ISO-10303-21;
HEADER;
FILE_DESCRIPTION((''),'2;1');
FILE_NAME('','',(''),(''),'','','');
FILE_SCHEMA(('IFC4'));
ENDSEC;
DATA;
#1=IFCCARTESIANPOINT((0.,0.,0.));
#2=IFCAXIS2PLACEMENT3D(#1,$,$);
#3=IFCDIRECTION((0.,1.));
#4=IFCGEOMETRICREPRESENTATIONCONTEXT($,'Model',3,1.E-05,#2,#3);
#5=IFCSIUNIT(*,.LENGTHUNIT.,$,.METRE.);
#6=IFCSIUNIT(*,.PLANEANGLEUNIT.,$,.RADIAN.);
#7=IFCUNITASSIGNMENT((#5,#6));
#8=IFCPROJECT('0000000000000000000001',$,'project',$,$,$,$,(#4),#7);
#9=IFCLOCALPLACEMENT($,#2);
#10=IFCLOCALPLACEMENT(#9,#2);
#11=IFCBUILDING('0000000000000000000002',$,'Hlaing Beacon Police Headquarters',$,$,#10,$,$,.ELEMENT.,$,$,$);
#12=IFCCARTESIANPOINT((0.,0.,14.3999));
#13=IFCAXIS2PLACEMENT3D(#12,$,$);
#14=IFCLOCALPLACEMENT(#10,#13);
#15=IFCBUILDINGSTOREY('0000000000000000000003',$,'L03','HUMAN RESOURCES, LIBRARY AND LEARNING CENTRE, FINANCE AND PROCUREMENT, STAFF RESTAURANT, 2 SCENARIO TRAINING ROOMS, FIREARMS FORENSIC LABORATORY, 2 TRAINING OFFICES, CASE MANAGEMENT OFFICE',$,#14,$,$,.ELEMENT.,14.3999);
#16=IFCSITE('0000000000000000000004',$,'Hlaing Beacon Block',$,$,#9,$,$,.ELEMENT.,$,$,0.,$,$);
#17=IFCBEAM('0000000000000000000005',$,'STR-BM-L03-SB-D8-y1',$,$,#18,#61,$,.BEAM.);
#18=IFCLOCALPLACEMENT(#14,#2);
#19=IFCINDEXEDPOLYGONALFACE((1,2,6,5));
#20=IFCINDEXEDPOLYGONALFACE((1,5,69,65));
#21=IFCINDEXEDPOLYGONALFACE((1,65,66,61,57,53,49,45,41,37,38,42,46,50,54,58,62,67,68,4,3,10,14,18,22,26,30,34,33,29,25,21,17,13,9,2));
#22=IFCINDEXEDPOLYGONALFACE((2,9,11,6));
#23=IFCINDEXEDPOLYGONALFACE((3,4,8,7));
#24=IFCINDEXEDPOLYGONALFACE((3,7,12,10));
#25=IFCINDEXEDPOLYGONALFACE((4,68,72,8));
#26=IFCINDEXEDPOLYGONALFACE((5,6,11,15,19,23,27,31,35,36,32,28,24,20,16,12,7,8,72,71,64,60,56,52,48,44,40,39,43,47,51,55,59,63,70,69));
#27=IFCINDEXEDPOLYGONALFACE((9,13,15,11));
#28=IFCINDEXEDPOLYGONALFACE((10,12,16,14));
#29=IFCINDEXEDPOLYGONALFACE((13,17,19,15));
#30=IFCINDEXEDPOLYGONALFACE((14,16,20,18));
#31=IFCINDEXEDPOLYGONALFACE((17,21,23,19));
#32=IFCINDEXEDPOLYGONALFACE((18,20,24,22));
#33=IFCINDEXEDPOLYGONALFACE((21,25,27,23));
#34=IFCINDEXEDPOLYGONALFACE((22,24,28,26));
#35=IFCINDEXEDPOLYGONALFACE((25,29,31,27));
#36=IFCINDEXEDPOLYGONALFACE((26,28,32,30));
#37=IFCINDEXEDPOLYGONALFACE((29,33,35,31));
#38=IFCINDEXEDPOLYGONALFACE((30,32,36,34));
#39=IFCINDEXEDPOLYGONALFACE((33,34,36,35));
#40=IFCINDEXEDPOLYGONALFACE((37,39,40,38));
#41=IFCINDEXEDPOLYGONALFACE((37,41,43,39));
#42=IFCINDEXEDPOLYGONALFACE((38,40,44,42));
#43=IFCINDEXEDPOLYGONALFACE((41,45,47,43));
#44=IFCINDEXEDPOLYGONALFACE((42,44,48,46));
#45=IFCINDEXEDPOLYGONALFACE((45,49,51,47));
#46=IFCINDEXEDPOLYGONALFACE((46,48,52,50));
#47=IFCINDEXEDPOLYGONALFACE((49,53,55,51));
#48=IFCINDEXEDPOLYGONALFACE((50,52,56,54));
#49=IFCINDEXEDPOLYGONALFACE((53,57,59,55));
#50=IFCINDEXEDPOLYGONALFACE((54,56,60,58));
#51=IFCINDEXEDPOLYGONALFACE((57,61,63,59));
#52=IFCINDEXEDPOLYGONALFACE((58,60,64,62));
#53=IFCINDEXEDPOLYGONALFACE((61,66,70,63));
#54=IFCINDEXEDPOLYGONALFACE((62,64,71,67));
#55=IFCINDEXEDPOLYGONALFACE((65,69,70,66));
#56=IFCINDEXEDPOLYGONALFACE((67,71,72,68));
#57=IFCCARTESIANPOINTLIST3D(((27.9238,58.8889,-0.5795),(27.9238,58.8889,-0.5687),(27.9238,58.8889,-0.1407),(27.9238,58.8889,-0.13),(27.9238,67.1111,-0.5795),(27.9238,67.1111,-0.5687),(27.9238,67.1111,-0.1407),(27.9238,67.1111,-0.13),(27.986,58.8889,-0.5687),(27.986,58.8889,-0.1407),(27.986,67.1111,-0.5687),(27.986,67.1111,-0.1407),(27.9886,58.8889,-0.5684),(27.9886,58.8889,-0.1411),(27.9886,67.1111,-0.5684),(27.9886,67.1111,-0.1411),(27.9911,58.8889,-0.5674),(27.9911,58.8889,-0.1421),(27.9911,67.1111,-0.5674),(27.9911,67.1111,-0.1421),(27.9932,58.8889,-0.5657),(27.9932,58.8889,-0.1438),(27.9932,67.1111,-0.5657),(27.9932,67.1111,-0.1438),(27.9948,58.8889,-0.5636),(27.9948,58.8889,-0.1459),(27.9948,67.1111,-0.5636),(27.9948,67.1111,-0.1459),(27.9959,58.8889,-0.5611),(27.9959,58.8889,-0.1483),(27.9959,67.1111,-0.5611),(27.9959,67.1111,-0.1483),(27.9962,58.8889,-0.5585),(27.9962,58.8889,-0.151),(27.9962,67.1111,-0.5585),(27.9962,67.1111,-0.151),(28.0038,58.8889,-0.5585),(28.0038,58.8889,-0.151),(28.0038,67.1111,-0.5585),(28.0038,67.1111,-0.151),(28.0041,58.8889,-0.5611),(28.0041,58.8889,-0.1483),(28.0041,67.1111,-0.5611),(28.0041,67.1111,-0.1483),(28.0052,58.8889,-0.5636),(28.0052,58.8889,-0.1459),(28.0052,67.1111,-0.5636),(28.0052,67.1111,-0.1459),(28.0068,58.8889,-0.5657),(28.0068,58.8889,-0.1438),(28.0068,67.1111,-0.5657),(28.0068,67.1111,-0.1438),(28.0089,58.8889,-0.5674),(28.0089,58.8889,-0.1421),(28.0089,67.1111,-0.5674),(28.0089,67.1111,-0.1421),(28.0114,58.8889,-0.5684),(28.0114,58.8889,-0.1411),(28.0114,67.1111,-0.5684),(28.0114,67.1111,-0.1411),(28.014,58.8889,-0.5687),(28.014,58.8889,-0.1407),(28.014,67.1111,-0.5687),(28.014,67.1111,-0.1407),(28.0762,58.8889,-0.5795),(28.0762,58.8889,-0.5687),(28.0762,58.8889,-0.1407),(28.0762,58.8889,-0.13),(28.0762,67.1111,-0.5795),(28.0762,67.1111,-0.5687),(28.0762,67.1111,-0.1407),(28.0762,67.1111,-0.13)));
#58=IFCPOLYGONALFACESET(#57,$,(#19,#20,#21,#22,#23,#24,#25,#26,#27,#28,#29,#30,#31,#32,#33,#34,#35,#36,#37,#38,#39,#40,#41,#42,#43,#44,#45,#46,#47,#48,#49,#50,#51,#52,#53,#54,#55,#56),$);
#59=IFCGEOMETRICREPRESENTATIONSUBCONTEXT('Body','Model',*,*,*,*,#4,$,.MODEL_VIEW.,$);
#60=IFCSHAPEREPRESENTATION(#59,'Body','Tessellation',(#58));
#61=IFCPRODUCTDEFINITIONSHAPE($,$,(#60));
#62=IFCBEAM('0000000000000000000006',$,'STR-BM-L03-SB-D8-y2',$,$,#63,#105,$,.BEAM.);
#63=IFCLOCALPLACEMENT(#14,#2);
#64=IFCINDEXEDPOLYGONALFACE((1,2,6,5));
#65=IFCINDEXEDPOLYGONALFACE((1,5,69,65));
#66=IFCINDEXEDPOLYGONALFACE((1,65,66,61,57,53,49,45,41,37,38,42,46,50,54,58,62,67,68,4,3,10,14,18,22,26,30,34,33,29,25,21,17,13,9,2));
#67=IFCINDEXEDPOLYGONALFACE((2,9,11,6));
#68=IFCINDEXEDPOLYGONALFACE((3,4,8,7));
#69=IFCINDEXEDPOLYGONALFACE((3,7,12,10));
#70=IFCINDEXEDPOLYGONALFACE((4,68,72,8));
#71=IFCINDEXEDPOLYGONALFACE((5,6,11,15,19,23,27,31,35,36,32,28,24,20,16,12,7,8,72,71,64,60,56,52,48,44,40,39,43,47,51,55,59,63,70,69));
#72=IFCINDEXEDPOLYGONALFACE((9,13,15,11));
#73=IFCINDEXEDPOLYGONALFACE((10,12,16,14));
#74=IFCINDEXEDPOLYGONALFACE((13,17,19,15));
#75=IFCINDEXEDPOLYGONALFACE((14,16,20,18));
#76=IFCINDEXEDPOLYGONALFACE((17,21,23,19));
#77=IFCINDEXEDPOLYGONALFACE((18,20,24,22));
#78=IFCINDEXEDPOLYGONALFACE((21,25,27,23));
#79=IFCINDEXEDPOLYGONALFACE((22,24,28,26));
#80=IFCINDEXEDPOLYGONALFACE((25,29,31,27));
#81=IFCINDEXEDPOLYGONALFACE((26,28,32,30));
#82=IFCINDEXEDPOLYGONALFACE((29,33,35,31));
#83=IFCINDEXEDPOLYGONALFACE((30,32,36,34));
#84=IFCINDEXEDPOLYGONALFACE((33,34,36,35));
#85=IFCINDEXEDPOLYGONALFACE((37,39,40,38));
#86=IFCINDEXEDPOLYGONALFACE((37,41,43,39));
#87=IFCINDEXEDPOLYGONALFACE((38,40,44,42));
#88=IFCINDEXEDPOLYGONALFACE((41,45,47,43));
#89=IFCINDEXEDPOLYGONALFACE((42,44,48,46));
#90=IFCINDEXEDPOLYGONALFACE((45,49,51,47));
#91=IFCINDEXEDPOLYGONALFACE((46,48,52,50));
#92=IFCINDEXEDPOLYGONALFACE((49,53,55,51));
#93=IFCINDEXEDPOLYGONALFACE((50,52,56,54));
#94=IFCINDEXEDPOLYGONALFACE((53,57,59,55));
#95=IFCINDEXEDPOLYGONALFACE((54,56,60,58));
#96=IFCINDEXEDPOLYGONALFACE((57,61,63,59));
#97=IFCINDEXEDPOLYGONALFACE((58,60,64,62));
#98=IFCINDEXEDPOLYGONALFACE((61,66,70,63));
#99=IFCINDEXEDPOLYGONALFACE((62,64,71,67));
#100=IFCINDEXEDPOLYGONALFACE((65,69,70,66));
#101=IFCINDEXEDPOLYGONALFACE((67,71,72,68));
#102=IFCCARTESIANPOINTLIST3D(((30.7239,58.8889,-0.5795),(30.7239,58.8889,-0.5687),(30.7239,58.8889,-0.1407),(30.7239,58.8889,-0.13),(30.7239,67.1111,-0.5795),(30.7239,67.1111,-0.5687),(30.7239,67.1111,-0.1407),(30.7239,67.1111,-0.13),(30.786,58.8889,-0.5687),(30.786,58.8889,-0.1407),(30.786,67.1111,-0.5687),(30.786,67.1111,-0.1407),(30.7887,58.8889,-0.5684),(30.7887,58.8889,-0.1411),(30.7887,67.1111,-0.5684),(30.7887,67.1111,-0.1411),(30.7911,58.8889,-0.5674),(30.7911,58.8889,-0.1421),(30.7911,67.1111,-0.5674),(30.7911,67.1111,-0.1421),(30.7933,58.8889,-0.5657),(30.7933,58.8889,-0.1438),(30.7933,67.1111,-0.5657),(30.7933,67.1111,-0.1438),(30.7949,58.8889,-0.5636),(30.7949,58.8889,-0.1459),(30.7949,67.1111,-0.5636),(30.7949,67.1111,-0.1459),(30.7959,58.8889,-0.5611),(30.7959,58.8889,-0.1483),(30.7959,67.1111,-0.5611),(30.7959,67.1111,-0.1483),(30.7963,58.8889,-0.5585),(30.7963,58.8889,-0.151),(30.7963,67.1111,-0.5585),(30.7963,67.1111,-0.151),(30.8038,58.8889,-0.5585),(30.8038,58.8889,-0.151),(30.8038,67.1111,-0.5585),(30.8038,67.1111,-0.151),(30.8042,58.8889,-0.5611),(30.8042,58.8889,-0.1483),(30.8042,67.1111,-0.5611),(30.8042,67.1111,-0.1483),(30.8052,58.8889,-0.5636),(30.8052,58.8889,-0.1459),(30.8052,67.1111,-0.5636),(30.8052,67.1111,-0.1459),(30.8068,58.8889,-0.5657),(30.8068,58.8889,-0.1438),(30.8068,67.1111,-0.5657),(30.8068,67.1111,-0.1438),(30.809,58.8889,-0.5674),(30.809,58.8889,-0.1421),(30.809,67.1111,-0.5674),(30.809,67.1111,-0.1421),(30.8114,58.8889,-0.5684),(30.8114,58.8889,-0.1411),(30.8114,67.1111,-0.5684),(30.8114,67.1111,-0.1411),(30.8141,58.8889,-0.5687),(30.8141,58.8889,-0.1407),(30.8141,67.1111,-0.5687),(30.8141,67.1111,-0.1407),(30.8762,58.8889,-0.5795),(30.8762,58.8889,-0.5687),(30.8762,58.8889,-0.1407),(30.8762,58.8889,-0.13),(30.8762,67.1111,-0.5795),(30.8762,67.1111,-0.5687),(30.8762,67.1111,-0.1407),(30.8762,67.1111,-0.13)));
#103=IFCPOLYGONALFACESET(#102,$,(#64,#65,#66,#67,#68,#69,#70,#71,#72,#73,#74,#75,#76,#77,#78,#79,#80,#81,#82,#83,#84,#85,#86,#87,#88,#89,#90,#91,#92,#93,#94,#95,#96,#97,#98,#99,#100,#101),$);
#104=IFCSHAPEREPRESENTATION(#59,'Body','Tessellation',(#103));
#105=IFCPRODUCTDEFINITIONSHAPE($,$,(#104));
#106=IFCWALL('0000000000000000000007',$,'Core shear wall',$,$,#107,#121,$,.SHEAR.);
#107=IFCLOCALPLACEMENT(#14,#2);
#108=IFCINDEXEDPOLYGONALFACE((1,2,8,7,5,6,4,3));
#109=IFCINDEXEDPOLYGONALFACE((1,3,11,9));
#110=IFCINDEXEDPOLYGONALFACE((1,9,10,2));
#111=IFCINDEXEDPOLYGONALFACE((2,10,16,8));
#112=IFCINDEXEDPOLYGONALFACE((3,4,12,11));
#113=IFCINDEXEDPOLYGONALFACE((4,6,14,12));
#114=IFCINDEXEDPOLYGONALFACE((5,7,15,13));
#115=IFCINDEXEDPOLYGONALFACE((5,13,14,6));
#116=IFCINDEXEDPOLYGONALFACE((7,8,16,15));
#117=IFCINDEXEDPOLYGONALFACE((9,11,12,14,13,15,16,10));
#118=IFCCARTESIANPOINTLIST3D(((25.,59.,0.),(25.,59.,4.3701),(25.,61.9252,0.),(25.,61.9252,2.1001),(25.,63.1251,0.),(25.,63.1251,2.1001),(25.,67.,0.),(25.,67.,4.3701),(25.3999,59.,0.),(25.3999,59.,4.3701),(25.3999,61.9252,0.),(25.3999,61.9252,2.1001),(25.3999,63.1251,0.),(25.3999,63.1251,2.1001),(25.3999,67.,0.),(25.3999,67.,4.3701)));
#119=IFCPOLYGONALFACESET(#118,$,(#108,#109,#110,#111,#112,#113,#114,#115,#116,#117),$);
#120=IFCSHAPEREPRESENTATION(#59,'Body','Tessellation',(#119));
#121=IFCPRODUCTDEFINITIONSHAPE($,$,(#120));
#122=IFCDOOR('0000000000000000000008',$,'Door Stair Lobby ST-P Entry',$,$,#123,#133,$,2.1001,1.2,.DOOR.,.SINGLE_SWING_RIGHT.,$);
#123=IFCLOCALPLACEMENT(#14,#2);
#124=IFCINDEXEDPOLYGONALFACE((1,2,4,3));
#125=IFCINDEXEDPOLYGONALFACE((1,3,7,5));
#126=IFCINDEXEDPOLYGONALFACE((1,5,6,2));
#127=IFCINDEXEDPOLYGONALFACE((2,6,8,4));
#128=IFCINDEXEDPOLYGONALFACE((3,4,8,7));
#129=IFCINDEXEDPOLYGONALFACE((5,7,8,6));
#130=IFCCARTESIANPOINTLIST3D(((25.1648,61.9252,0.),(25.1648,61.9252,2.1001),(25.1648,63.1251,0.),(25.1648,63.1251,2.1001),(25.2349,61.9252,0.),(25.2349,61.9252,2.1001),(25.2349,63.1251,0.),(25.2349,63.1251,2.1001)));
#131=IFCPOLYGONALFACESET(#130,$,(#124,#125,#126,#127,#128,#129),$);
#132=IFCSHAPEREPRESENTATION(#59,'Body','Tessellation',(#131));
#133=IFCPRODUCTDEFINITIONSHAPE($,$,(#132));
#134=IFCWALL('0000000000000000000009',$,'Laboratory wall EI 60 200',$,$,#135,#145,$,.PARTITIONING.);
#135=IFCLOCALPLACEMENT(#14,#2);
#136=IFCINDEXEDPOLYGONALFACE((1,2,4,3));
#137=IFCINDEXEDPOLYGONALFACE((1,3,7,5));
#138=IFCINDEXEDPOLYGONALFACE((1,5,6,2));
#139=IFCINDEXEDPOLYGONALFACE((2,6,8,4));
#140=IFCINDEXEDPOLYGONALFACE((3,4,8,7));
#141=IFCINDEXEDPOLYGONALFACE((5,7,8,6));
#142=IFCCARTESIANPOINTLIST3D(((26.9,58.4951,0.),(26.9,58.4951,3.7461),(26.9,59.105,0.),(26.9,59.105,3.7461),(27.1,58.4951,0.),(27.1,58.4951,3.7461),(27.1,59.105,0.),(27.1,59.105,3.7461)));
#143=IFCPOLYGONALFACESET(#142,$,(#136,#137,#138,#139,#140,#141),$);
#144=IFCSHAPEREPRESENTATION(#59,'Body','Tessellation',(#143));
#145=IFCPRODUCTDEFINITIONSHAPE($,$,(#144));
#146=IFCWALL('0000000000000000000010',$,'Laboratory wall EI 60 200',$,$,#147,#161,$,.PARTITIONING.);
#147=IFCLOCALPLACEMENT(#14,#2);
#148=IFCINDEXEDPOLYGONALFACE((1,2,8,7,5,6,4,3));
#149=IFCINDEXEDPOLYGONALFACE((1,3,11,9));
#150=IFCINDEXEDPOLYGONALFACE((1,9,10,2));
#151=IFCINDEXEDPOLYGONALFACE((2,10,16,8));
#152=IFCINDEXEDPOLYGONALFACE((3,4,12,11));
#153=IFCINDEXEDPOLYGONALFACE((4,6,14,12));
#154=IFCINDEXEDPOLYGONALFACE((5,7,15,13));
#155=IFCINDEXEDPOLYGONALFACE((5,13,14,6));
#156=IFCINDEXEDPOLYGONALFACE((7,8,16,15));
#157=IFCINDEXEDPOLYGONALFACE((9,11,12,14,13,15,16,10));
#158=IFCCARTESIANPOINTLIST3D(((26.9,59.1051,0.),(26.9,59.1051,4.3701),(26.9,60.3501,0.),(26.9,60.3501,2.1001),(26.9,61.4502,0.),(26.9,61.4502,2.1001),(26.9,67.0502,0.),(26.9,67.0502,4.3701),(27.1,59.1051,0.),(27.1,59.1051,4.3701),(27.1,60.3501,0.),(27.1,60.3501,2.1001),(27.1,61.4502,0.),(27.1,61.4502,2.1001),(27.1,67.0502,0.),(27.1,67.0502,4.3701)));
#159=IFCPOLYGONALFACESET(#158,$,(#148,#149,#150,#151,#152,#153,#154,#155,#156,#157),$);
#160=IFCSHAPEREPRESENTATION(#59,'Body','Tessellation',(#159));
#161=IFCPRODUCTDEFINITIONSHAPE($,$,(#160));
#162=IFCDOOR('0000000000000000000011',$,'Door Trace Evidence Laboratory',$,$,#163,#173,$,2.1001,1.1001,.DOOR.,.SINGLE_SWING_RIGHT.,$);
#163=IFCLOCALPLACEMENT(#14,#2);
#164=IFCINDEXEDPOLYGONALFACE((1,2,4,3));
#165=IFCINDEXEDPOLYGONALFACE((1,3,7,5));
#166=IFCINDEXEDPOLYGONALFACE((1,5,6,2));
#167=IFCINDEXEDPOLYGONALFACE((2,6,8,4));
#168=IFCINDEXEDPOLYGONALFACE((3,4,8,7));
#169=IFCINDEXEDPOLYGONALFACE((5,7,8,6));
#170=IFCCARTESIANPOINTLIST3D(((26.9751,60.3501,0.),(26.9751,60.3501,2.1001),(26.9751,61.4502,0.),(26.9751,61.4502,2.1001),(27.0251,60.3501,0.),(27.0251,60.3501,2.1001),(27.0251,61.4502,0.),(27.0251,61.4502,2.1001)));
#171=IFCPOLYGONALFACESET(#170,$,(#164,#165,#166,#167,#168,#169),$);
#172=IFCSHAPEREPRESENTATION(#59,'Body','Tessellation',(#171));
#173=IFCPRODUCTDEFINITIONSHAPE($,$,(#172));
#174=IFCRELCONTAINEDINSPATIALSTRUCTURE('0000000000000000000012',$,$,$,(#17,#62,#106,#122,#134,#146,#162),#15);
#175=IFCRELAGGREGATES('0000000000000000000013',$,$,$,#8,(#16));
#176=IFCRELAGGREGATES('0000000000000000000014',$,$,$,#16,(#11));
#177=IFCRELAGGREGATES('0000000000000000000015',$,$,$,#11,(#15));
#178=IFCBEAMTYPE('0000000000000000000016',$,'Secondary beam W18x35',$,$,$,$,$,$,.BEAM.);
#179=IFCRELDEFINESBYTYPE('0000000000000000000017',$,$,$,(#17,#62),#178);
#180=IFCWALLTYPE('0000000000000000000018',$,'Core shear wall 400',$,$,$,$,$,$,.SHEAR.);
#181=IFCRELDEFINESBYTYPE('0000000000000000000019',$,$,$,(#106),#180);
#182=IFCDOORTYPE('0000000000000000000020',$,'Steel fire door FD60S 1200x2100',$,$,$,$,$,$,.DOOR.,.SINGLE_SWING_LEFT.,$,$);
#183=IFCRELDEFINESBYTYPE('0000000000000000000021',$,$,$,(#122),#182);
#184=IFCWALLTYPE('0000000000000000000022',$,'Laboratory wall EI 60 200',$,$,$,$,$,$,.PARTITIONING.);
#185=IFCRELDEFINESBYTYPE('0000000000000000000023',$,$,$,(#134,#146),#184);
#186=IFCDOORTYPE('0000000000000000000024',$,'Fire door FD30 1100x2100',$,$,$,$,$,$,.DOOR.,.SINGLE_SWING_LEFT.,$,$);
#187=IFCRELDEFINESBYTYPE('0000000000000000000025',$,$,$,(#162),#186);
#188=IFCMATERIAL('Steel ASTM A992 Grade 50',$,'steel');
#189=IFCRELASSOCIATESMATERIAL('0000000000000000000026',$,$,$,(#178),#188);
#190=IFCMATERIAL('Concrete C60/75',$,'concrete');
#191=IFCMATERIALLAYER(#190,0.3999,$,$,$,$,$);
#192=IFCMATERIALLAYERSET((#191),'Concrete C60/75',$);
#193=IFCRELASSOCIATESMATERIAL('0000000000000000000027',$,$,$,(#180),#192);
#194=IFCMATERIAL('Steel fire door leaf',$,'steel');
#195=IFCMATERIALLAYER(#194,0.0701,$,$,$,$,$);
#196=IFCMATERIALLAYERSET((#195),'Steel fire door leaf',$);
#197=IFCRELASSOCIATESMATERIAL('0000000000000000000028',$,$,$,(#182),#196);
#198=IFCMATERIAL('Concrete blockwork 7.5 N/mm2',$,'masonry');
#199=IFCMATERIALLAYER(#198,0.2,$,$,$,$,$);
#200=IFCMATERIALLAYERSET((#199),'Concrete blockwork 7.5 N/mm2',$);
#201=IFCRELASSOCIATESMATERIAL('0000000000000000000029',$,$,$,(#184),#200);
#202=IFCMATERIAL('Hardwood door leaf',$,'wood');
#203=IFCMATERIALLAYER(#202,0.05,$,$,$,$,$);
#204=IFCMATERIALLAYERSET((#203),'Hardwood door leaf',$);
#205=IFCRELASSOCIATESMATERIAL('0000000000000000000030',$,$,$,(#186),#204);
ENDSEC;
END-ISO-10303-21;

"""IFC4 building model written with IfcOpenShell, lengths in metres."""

from ifc_helpers import new_model, si_unit, direction, frame, frame_2d, origin, origin_2d, place, context, subcontext, project, spatial, rectangle, i_section, extrude, material, layer, layer_set, material_profile, profile_set, type_object, element, fill, save


model = new_model("IFC4")

# Units and contexts
model_context = context("Model", 3, precision=1e-05, world=origin(), true_north=direction((0.0, 1.0)))
body_context = subcontext(model_context, "Body", "Model", "MODEL_VIEW")
ifc_project = project(units=[si_unit("LENGTHUNIT", "METRE"), si_unit("PLANEANGLEUNIT", "RADIAN")], contexts=[model_context])

# Site, building, storey
site_placement = place(None, origin())
site = spatial("IfcSite", under=ifc_project, at=site_placement, Name="Hlaing Beacon Block", CompositionType="ELEMENT", RefElevation=0.0)
building_placement = place(site_placement, origin())
building = spatial("IfcBuilding", under=site, at=building_placement, Name="Hlaing Beacon Police Headquarters", CompositionType="ELEMENT")
storey_placement = place(building_placement, frame((0.0, 0.0, 14.3999)))
storey = spatial("IfcBuildingStorey", under=building, at=storey_placement, Name="L03", Description="HUMAN RESOURCES, LIBRARY AND LEARNING CENTRE, FINANCE AND PROCUREMENT, STAFF RESTAURANT, 2 SCENARIO TRAINING ROOMS, FIREARMS FORENSIC LABORATORY, 2 TRAINING OFFICES, CASE MANAGEMENT OFFICE", CompositionType="ELEMENT", Elevation=14.3999)

# Beams
ifc_material_1 = material(Name="Steel ASTM A992 Grade 50", Category="steel")
ifc_material_profile_1 = material_profile(ifc_material_1, i_section(OverallWidth=0.1523, OverallDepth=0.4495, WebThickness=0.0076, FlangeThickness=0.0107, FilletRadius=0.0103, at=origin_2d()), Name="W18x35")
ifc_profile_set_1 = profile_set([ifc_material_profile_1], Name="Steel ASTM A992 Grade 50")
beam_type_1 = type_object("IfcBeamType", Name="Secondary beam W18x35", PredefinedType="BEAM", material=ifc_profile_set_1)
for number, where, z_axis, x_axis, name in (
    (1, (28.0, 58.8889, -0.3547), (0.0, 1.0, 0.0), (-1.0, 0.0, 0.0), "STR-BM-L03-SB-D8-y1"),
    (2, (30.8, 58.8889, -0.3547), (0.0, 1.0, 0.0), (-1.0, 0.0, 0.0), "STR-BM-L03-SB-D8-y2"),
):
    element("IfcBeam", number, at=place(storey_placement, frame(where, z_axis=z_axis, x_axis=x_axis)), inside=storey, type_object=beam_type_1, Name=name, PredefinedType="BEAM", context=body_context, shape_type="SweptSolid", body=[
        extrude(i_section(OverallWidth=0.1523, OverallDepth=0.4495, WebThickness=0.0076, FlangeThickness=0.0107, FilletRadius=0.0103, at=origin_2d()), origin(), (0.0, 0.0, 1.0), 8.2222),
    ])

# Wall, opening, door
ifc_material_2 = material(Name="Concrete C60/75", Category="concrete")
ifc_layer_1 = layer(ifc_material_2, 0.3999)
ifc_layer_set_1 = layer_set([ifc_layer_1], Name="Concrete C60/75")
wall_type_1 = type_object("IfcWallType", Name="Core shear wall 400", PredefinedType="SHEAR", material=ifc_layer_set_1)
wall_1_placement = place(storey_placement, frame((25.2, 59.0, 0.0), z_axis=(0.0, 0.0, 1.0), x_axis=(0.0, 1.0, 0.0)))
wall_1 = element("IfcWall", 3, at=wall_1_placement, inside=storey, type_object=wall_type_1, Name="Core shear wall", PredefinedType="SHEAR", context=body_context, shape_type="SweptSolid", body=[
    extrude(rectangle(XDim=8.0, YDim=0.3999, at=frame_2d((4.0, 0.0))), origin(), (0.0, 0.0, 1.0), 4.3701),
])
opening_1_placement = place(wall_1_placement, frame((2.925, 0.0, 0.0)))
opening_1 = element("IfcOpeningElement", 4, at=opening_1_placement, cuts=wall_1, PredefinedType="OPENING", context=body_context, shape_type="SweptSolid", body=[
    extrude(rectangle(XDim=1.2, YDim=2.1001, at=frame_2d((0.6001, 1.05))), frame((0.0, 0.21, 0.0), z_axis=(0.0, -1.0, 0.0), x_axis=(1.0, 0.0, 0.0)), (0.0, 0.0, 1.0), 0.4199),
])
ifc_material_3 = material(Name="Steel fire door leaf", Category="steel")
ifc_layer_2 = layer(ifc_material_3, 0.0701)
ifc_layer_set_2 = layer_set([ifc_layer_2], Name="Steel fire door leaf")
door_type_1 = type_object("IfcDoorType", Name="Steel fire door FD60S 1200x2100", OperationType="SINGLE_SWING_LEFT", PredefinedType="DOOR", material=ifc_layer_set_2)
door_1_placement = place(opening_1_placement, origin())
door_1 = element("IfcDoor", 5, at=door_1_placement, inside=storey, type_object=door_type_1, Name="Door Stair Lobby ST-P Entry", OperationType="SINGLE_SWING_RIGHT", OverallHeight=2.1001, OverallWidth=1.2, PredefinedType="DOOR", context=body_context, shape_type="SweptSolid", body=[
    extrude(rectangle(XDim=1.2, YDim=2.1001, at=frame_2d((0.6001, 1.05))), frame((0.0, 0.0352, 0.0), z_axis=(0.0, -1.0, 0.0), x_axis=(1.0, 0.0, 0.0)), (0.0, 0.0, 1.0), 0.0701),
])
fill(opening_1, door_1)

# Wall
ifc_material_4 = material(Name="Concrete blockwork 7.5 N/mm2", Category="masonry")
ifc_layer_3 = layer(ifc_material_4, 0.2)
ifc_layer_set_3 = layer_set([ifc_layer_3], Name="Concrete blockwork 7.5 N/mm2")
wall_type_2 = type_object("IfcWallType", Name="Laboratory wall EI 60 200", PredefinedType="PARTITIONING", material=ifc_layer_set_3)
wall_2_placement = place(storey_placement, frame((27.0, 58.4951, 0.0), z_axis=(0.0, 0.0, 1.0), x_axis=(0.0, 1.0, 0.0)))
element("IfcWall", 6, at=wall_2_placement, inside=storey, type_object=wall_type_2, Name="Laboratory wall EI 60 200", PredefinedType="PARTITIONING", context=body_context, shape_type="SweptSolid", body=[
    extrude(rectangle(XDim=0.6099, YDim=0.2, at=frame_2d((0.3049, 0.0))), origin(), (0.0, 0.0, 1.0), 3.7461),
])

# Wall, opening, door
wall_3_placement = place(storey_placement, frame((27.0, 59.105, 0.0), z_axis=(0.0, 0.0, 1.0), x_axis=(0.0, 1.0, 0.0)))
wall_3 = element("IfcWall", 7, at=wall_3_placement, inside=storey, type_object=wall_type_2, Name="Laboratory wall EI 60 200", PredefinedType="PARTITIONING", context=body_context, shape_type="SweptSolid", body=[
    extrude(rectangle(XDim=7.9451, YDim=0.2, at=frame_2d((3.9727, 0.0))), origin(), (0.0, 0.0, 1.0), 4.3701),
])
opening_2_placement = place(wall_3_placement, frame((1.2451, 0.0, 0.0)))
opening_2 = element("IfcOpeningElement", 8, at=opening_2_placement, cuts=wall_3, PredefinedType="OPENING", context=body_context, shape_type="SweptSolid", body=[
    extrude(rectangle(XDim=1.1001, YDim=2.1001, at=frame_2d((0.55, 1.05))), frame((0.0, 0.1099, 0.0), z_axis=(0.0, -1.0, 0.0), x_axis=(1.0, 0.0, 0.0)), (0.0, 0.0, 1.0), 0.22),
])
ifc_material_5 = material(Name="Hardwood door leaf", Category="wood")
ifc_layer_4 = layer(ifc_material_5, 0.05)
ifc_layer_set_4 = layer_set([ifc_layer_4], Name="Hardwood door leaf")
door_type_2 = type_object("IfcDoorType", Name="Fire door FD30 1100x2100", OperationType="SINGLE_SWING_LEFT", PredefinedType="DOOR", material=ifc_layer_set_4)
door_2_placement = place(opening_2_placement, frame((1.1001, 0.0, 0.0), z_axis=(0.0, 0.0, 1.0), x_axis=(-1.0, 0.0, 0.0)))
door_2 = element("IfcDoor", 9, at=door_2_placement, inside=storey, type_object=door_type_2, Name="Door Trace Evidence Laboratory", OperationType="SINGLE_SWING_RIGHT", OverallHeight=2.1001, OverallWidth=1.1001, PredefinedType="DOOR", context=body_context, shape_type="SweptSolid", body=[
    extrude(rectangle(XDim=1.1001, YDim=2.1001, at=frame_2d((0.55, 1.05))), frame((0.0, 0.0251, 0.0), z_axis=(0.0, -1.0, 0.0), x_axis=(1.0, 0.0, 0.0)), (0.0, 0.0, 1.0), 0.05),
])
fill(opening_2, door_2)

save(model, "model.ifc")
